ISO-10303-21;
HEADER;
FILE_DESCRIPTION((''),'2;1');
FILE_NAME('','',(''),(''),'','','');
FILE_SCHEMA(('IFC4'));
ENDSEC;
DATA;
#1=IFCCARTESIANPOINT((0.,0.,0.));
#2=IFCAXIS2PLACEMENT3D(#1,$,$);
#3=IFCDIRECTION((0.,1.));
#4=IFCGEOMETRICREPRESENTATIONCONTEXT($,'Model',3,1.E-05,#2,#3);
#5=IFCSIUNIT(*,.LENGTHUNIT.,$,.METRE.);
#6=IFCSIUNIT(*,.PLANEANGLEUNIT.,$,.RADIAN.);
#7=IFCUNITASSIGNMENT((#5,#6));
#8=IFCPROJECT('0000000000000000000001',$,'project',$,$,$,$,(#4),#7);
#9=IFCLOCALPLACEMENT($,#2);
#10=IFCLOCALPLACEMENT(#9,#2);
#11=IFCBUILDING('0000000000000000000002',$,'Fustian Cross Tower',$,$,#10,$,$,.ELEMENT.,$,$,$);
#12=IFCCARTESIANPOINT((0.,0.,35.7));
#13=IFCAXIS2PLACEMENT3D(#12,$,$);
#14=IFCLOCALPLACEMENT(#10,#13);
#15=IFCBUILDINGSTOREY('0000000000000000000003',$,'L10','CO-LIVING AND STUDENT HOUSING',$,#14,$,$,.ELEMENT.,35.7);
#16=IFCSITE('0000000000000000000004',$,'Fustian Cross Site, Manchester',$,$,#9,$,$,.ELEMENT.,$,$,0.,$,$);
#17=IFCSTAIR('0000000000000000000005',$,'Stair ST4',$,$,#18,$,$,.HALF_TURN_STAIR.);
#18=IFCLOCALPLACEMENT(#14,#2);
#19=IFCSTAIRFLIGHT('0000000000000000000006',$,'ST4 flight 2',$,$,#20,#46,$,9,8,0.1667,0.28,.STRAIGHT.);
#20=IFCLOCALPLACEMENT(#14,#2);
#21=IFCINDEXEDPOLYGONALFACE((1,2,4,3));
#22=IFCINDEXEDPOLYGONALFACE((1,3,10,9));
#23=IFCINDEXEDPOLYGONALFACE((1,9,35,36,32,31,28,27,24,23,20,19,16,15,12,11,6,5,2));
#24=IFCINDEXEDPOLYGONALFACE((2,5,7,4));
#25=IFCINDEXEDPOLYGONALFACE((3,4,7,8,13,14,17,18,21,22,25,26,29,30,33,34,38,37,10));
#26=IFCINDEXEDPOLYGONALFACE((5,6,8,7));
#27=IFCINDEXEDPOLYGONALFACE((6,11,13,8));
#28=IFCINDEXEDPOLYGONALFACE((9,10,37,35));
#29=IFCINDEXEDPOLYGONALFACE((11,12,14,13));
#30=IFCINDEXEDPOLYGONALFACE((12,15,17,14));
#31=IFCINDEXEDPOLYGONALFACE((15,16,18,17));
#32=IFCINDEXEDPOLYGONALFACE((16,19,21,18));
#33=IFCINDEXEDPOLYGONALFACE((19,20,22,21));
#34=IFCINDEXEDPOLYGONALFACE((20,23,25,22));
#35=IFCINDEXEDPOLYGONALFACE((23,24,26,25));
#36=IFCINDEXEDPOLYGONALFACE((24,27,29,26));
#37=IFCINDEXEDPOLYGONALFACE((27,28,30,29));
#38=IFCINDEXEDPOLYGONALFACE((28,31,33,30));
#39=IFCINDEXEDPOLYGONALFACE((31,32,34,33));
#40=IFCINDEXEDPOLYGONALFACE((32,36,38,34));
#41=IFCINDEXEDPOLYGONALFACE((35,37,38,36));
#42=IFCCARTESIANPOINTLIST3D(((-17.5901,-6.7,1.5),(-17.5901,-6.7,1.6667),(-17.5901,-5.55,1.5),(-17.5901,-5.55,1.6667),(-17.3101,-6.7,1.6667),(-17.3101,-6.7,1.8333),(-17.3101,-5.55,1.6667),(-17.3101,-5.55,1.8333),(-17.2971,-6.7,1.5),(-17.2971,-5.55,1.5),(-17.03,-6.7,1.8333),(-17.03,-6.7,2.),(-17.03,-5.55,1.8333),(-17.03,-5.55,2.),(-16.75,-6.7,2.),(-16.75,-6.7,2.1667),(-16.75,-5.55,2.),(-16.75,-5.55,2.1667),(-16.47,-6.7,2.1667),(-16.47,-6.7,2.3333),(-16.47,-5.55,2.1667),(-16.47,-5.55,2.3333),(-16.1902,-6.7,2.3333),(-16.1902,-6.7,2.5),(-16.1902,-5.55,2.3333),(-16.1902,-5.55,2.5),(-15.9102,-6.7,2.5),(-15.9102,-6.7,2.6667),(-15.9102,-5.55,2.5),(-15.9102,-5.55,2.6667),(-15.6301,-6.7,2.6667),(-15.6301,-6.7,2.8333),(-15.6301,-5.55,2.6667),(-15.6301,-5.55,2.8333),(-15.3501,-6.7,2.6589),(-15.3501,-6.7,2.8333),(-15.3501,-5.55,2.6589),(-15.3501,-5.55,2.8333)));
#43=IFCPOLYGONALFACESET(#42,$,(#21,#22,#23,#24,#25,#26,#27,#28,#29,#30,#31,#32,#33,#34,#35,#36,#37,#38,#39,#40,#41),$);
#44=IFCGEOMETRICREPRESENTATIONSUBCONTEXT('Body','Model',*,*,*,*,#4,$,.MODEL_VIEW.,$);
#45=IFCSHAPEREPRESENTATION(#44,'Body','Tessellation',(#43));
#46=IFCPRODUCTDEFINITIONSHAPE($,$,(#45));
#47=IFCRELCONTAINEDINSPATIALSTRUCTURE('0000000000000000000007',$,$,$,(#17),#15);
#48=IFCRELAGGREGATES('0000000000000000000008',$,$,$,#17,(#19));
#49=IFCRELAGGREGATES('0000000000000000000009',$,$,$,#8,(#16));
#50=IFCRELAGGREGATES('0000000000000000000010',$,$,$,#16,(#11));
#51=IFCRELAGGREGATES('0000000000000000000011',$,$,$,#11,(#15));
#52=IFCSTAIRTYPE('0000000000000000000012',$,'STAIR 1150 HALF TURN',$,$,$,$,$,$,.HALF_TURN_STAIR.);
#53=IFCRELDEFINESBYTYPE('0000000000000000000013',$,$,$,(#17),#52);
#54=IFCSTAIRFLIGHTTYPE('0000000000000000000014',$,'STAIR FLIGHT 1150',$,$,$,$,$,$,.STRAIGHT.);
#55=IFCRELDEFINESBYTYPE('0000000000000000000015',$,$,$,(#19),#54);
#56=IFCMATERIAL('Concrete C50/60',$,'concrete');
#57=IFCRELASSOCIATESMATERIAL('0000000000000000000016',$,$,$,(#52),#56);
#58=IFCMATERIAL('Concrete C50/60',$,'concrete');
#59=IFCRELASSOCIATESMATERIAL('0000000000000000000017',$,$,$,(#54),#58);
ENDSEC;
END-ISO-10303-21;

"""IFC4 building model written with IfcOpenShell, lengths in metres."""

from ifc_helpers import new_model, si_unit, direction, frame, origin, place, context, subcontext, project, spatial, polyline, outline, extrude, material, type_object, element, aggregate, save


model = new_model("IFC4")

# Units and contexts
model_context = context("Model", 3, precision=1e-05, world=origin(), true_north=direction((0.0, 1.0)))
body_context = subcontext(model_context, "Body", "Model", "MODEL_VIEW")
ifc_project = project(units=[si_unit("LENGTHUNIT", "METRE"), si_unit("PLANEANGLEUNIT", "RADIAN")], contexts=[model_context])

# Site, building, storey
site_placement = place(None, origin())
site = spatial("IfcSite", under=ifc_project, at=site_placement, Name="Fustian Cross Site, Manchester", CompositionType="ELEMENT", RefElevation=0.0)
building_placement = place(site_placement, origin())
building = spatial("IfcBuilding", under=site, at=building_placement, Name="Fustian Cross Tower", CompositionType="ELEMENT")
storey_placement = place(building_placement, frame((0.0, 0.0, 35.7)))
storey = spatial("IfcBuildingStorey", under=building, at=storey_placement, Name="L10", Description="CO-LIVING AND STUDENT HOUSING", CompositionType="ELEMENT", Elevation=35.7)

# Stair, stair flight
ifc_material_1 = material(Name="Concrete C50/60", Category="concrete")
stair_type = type_object("IfcStairType", Name="STAIR 1150 HALF TURN", PredefinedType="HALF_TURN_STAIR", material=ifc_material_1)
stair_placement = place(storey_placement, origin())
stair = element("IfcStair", 1, at=stair_placement, inside=storey, type_object=stair_type, Name="Stair ST4", PredefinedType="HALF_TURN_STAIR")
ifc_material_2 = material(Name="Concrete C50/60", Category="concrete")
stair_flight_type = type_object("IfcStairFlightType", Name="STAIR FLIGHT 1150", PredefinedType="STRAIGHT", material=ifc_material_2)
stair_flight_1_placement = place(storey_placement, frame((-17.5901, -6.125, 1.5), z_axis=(0.0, 0.0, 1.0), x_axis=(1.0, 0.0, 0.0)))
stair_flight_1 = element("IfcStairFlight", 2, at=stair_flight_1_placement, type_object=stair_flight_type, Name="ST4 flight 2", NumberOfRisers=9, NumberOfTreads=8, PredefinedType="STRAIGHT", RiserHeight=0.1667, TreadLength=0.28, context=body_context, shape_type="SweptSolid", body=[
    extrude(outline(polyline([(0.0, 0.0), (0.0, 0.1667), (0.28, 0.1667), (0.28, 0.3333), (0.5601, 0.3333), (0.5601, 0.5), (0.8401, 0.5), (0.8401, 0.6667), (1.1201, 0.6667), (1.1201, 0.8333), (1.3999, 0.8333), (1.3999, 1.0), (1.6799, 1.0), (1.6799, 1.1667), (1.96, 1.1667), (1.96, 1.3333), (2.24, 1.3333), (2.24, 1.5), (2.24, 1.1589), (0.293, 0.0), (0.0, 0.0)])), frame((0.0, 0.575, 0.0), z_axis=(0.0, -1.0, 0.0), x_axis=(1.0, 0.0, 0.0)), (0.0, 0.0, 1.0), 1.1499),
])
aggregate(stair, [stair_flight_1])

save(model, "model.ifc")
